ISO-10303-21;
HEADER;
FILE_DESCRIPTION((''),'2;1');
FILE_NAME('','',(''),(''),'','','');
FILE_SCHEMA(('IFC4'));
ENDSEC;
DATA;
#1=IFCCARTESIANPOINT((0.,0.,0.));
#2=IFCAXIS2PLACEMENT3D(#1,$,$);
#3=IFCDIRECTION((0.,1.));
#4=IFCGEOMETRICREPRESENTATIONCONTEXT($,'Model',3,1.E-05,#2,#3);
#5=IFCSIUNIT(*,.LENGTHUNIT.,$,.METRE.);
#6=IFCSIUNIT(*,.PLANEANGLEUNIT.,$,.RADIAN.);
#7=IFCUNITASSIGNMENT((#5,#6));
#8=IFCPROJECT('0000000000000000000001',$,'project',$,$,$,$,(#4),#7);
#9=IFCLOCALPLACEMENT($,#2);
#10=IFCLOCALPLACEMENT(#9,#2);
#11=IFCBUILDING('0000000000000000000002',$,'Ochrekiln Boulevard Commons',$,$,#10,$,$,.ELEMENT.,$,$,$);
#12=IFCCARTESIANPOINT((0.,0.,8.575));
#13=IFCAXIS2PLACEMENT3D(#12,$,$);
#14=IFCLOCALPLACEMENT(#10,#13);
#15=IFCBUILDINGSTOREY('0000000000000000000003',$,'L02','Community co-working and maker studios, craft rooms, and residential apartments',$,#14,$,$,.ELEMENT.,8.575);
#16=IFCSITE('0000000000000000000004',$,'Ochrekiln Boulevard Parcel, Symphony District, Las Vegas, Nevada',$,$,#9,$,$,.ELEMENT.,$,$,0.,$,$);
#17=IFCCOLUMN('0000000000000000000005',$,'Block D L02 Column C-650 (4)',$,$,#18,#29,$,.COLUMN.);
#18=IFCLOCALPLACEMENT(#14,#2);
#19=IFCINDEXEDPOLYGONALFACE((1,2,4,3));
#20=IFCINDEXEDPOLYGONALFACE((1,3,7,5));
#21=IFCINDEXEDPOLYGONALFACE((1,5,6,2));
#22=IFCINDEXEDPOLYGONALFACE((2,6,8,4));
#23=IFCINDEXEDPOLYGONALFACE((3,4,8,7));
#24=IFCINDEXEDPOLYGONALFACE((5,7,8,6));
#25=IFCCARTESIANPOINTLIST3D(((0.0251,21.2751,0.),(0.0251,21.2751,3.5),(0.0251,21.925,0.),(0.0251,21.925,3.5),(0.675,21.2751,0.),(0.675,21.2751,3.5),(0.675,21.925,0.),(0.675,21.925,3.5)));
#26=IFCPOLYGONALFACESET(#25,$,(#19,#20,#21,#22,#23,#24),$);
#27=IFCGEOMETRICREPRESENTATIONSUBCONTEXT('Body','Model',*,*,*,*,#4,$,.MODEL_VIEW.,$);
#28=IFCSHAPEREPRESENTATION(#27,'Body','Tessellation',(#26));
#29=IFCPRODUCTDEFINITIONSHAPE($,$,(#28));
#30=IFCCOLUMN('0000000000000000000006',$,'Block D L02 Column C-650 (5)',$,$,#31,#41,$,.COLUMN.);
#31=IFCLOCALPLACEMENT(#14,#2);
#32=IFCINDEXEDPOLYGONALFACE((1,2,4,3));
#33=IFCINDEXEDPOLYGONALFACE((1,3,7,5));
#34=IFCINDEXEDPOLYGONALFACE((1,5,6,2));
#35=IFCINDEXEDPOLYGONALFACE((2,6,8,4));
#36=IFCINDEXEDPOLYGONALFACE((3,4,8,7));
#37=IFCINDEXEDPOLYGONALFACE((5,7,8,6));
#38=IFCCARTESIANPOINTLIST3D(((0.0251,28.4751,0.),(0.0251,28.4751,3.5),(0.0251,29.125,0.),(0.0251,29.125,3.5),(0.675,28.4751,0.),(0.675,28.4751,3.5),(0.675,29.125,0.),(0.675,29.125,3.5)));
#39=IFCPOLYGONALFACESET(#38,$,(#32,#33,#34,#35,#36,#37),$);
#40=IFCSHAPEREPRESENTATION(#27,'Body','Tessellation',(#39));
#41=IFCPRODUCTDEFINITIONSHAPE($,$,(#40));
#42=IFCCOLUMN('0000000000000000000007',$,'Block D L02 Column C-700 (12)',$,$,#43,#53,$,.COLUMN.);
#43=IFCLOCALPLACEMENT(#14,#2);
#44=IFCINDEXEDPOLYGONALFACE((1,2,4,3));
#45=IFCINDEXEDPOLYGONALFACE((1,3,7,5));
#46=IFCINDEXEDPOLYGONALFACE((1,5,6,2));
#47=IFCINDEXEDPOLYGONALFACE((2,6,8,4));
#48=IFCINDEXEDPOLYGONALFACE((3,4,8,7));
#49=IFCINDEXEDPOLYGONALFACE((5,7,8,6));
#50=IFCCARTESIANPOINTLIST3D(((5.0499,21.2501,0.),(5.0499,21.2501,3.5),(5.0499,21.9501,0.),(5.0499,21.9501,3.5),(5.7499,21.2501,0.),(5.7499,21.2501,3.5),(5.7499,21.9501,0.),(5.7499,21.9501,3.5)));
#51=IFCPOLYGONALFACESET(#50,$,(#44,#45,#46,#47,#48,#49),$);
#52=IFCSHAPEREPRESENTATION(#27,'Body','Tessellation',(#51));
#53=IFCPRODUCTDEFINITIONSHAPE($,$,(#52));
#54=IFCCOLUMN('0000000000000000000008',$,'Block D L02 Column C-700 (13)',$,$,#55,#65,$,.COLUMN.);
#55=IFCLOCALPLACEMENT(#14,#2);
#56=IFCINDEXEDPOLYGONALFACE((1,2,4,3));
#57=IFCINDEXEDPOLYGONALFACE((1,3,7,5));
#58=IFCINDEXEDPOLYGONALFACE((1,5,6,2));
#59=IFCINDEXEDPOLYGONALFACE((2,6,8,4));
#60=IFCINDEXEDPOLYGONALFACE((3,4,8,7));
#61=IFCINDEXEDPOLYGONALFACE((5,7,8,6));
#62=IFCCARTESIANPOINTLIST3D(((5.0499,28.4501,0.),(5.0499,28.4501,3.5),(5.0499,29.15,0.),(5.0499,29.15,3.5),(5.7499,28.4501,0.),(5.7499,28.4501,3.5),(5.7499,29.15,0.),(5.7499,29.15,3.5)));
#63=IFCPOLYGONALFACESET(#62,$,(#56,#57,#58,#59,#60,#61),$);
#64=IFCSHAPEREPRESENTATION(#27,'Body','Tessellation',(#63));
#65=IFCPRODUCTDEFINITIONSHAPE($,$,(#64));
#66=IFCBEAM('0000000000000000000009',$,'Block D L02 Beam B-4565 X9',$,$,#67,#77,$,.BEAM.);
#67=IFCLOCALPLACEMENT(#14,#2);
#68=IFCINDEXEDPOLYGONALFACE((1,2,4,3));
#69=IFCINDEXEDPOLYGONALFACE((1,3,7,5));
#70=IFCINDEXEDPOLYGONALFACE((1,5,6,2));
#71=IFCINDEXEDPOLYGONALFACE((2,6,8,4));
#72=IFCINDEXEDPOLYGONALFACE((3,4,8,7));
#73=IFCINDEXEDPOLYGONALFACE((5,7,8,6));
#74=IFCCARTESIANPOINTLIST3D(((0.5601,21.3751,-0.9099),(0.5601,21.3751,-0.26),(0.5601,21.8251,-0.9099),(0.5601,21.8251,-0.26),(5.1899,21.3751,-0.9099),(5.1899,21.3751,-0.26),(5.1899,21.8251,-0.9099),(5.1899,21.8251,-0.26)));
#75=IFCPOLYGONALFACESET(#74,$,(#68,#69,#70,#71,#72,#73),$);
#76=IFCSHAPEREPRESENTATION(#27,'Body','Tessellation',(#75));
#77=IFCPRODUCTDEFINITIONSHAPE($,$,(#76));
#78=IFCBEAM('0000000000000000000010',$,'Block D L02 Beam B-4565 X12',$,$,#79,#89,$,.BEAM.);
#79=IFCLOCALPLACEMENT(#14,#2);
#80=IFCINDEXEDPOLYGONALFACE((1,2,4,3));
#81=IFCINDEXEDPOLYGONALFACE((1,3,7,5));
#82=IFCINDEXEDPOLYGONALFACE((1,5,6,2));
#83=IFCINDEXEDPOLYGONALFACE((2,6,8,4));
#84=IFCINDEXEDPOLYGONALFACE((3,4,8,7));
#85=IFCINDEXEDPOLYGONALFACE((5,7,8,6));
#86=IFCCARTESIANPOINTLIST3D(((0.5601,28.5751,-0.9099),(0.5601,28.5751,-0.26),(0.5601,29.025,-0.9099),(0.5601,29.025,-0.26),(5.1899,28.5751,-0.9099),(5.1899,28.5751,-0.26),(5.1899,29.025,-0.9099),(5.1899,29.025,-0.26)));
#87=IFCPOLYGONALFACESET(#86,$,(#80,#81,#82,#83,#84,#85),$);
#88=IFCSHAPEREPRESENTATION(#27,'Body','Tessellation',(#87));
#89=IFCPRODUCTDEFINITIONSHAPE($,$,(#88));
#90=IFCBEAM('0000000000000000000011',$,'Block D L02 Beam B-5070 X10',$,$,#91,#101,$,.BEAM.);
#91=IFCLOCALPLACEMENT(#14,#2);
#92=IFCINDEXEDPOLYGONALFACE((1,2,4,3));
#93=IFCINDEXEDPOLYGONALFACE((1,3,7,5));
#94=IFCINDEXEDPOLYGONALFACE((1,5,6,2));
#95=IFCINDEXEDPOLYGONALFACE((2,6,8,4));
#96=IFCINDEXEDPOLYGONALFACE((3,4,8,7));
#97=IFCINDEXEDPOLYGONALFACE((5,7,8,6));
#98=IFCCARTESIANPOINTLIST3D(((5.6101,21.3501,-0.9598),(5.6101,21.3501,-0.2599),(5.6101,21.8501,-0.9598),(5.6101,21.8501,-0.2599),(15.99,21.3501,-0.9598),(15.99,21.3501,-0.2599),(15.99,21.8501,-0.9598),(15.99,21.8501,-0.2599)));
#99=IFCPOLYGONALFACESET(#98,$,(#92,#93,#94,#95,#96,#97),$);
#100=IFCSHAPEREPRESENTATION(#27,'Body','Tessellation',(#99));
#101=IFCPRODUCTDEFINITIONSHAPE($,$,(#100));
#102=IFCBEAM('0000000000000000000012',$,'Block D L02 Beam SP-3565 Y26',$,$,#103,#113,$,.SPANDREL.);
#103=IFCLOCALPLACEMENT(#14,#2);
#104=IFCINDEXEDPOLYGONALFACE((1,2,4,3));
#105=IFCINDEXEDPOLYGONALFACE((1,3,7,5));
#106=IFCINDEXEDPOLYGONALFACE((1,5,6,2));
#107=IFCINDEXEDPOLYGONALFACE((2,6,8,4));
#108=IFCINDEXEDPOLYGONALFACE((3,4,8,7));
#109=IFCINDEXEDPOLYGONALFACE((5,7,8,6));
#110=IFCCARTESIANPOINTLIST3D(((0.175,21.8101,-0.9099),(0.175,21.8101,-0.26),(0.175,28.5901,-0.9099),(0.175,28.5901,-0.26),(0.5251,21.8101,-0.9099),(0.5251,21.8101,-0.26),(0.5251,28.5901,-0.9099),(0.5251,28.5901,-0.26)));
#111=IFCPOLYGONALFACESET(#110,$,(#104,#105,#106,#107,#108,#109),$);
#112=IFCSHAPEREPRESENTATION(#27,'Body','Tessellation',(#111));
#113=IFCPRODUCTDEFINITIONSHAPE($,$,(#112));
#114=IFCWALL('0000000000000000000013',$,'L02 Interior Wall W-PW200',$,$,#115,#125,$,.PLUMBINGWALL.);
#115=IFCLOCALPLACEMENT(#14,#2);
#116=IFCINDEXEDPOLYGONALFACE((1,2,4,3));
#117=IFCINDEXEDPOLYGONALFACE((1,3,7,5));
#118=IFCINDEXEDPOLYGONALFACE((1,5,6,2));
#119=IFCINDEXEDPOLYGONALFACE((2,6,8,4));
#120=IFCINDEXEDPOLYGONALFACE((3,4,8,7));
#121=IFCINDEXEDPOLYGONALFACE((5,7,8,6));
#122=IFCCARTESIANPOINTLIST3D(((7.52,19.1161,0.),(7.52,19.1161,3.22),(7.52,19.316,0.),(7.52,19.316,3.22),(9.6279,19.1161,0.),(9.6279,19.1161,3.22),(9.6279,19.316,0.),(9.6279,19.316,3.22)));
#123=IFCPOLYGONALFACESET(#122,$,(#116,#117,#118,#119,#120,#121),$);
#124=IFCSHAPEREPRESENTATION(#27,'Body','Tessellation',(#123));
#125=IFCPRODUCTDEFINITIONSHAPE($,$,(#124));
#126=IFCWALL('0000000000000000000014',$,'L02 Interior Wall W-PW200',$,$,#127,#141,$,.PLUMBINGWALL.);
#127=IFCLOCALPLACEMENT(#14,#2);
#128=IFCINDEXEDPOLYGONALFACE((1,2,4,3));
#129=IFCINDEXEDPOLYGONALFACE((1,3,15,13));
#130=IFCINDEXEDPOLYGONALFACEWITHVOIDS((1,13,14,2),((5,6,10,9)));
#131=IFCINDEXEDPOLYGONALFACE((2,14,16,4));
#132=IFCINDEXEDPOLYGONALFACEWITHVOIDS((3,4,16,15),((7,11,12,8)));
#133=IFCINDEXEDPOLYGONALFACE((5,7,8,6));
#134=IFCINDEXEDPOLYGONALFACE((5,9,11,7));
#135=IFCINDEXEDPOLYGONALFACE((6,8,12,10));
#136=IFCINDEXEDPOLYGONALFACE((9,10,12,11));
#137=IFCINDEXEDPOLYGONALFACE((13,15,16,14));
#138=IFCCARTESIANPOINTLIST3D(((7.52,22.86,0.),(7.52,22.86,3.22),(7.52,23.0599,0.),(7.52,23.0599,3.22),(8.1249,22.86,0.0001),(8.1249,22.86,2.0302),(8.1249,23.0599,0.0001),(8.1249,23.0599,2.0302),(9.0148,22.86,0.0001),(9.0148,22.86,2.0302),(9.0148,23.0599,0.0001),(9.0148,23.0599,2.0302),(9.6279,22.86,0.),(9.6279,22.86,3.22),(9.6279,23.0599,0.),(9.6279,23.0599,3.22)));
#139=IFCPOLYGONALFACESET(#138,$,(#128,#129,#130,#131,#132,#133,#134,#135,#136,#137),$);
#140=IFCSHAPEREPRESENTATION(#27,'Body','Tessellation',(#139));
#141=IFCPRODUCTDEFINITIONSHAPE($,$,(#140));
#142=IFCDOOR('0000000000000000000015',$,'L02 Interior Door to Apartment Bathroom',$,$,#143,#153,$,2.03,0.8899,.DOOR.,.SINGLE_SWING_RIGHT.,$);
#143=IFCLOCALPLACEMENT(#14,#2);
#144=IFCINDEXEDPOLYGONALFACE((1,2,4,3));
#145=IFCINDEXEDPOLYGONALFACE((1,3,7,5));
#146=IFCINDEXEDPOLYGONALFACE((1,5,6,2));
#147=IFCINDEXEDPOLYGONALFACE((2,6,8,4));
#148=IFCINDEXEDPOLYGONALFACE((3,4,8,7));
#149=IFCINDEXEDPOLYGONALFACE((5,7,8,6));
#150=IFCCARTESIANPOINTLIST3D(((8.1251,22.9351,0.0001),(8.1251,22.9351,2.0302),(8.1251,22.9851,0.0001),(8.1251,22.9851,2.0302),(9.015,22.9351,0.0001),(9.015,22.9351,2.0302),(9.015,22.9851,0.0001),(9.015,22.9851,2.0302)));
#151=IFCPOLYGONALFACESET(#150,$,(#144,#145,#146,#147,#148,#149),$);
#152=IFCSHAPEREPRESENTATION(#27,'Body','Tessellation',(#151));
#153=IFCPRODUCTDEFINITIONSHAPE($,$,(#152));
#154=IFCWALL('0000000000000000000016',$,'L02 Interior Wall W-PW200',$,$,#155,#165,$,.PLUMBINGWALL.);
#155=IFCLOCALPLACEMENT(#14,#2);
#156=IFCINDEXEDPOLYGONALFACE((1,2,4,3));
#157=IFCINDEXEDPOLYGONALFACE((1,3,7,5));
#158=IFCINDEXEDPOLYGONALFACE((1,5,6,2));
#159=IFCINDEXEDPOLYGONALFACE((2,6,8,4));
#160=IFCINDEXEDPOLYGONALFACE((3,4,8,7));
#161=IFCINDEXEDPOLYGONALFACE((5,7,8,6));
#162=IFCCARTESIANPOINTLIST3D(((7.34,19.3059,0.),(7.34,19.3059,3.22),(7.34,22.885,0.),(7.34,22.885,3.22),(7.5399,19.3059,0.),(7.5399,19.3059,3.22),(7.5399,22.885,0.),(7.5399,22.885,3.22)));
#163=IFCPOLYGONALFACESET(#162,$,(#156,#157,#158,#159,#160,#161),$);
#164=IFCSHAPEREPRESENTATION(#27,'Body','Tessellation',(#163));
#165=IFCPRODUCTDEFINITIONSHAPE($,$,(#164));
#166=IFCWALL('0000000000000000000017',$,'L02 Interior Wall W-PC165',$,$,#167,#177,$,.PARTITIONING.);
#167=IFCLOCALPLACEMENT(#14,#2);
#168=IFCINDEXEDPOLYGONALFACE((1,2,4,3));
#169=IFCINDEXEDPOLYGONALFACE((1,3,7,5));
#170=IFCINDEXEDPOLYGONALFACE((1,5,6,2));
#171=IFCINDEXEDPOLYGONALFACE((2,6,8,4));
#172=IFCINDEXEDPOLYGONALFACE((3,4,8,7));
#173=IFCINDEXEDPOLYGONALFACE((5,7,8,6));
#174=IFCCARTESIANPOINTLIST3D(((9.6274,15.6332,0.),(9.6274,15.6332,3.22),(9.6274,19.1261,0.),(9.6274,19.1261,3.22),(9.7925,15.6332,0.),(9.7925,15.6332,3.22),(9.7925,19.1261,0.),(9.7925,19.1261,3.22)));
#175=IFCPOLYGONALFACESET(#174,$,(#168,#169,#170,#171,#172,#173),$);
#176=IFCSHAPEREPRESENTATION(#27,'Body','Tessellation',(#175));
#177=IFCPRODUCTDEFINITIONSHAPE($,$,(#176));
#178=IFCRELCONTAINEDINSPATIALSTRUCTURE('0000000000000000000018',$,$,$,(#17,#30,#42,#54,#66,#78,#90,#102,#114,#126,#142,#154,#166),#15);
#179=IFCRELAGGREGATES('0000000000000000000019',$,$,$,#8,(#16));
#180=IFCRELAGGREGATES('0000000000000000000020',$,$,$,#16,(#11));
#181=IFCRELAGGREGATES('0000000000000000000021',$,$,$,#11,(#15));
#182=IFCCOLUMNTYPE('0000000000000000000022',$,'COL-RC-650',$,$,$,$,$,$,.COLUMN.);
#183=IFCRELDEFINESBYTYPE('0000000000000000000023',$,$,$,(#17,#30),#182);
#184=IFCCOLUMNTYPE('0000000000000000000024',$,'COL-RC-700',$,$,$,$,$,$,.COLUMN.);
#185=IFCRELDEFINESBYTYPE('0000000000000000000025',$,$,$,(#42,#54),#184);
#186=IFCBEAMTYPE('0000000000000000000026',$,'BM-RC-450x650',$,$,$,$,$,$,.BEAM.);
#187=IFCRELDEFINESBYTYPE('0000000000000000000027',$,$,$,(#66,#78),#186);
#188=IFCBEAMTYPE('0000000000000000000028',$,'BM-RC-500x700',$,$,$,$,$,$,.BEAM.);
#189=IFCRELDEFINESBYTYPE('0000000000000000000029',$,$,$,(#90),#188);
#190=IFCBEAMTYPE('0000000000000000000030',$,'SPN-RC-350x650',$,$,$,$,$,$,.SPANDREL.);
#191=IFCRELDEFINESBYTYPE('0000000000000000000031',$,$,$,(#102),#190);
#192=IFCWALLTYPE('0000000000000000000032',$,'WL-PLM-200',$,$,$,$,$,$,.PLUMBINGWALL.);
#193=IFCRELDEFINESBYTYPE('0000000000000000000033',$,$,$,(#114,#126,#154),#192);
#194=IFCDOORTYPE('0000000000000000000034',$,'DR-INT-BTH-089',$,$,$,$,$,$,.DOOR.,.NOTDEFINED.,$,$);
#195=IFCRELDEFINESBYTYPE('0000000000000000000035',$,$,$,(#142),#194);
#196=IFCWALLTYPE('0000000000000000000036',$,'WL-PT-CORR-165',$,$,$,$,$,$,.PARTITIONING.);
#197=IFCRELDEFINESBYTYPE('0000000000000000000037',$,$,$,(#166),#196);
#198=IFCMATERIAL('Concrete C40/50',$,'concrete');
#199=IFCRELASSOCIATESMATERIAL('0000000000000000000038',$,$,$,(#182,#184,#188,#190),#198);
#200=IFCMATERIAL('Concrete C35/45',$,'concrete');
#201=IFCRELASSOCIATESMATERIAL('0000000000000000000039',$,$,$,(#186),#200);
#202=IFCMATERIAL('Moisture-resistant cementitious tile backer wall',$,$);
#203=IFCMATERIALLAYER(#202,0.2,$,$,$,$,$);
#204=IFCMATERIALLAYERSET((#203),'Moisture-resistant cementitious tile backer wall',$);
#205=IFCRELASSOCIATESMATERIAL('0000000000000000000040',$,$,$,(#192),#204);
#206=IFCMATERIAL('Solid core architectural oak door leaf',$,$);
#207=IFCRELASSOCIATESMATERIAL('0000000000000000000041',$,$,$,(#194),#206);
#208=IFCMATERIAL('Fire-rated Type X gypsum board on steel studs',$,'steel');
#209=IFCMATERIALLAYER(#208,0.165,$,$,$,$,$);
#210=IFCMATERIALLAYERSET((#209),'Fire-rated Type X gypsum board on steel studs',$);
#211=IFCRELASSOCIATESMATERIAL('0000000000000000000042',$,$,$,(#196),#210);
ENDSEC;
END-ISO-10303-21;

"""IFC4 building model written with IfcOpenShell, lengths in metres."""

from ifc_helpers import new_model, si_unit, direction, frame, frame_2d, origin, origin_2d, place, context, subcontext, project, spatial, rectangle, extrude, material, layer, layer_set, material_profile, profile_set, type_object, element, fill, save


model = new_model("IFC4")

# Units and contexts
model_context = context("Model", 3, precision=1e-05, world=origin(), true_north=direction((0.0, 1.0)))
body_context = subcontext(model_context, "Body", "Model", "MODEL_VIEW")
ifc_project = project(units=[si_unit("LENGTHUNIT", "METRE"), si_unit("PLANEANGLEUNIT", "RADIAN")], contexts=[model_context])

# Site, building, storey
site_placement = place(None, origin())
site = spatial("IfcSite", under=ifc_project, at=site_placement, Name="Ochrekiln Boulevard Parcel, Symphony District, Las Vegas, Nevada", CompositionType="ELEMENT", RefElevation=0.0)
building_placement = place(site_placement, origin())
building = spatial("IfcBuilding", under=site, at=building_placement, Name="Ochrekiln Boulevard Commons", CompositionType="ELEMENT")
storey_placement = place(building_placement, frame((0.0, 0.0, 8.575)))
storey = spatial("IfcBuildingStorey", under=building, at=storey_placement, Name="L02", Description="Community co-working and maker studios, craft rooms, and residential apartments", CompositionType="ELEMENT", Elevation=8.575)

# Columns
ifc_material_1 = material(Name="Concrete C40/50", Category="concrete")
ifc_material_profile_1 = material_profile(ifc_material_1, rectangle(XDim=0.6499, YDim=0.6499, at=origin_2d()), Name="RC-COL-650x650")
ifc_profile_set_1 = profile_set([ifc_material_profile_1], Name="Concrete C40/50")
column_type_1 = type_object("IfcColumnType", Name="COL-RC-650", PredefinedType="COLUMN", material=ifc_profile_set_1)
for number, where, z_axis, x_axis, name in (
    (1, (0.3501, 21.6001, 0.0), (0.0, 0.0, 1.0), (1.0, 0.0, 0.0), "Block D L02 Column C-650 (4)"),
    (2, (0.3501, 28.8, 0.0), (0.0, 0.0, 1.0), (1.0, 0.0, 0.0), "Block D L02 Column C-650 (5)"),
):
    element("IfcColumn", number, at=place(storey_placement, frame(where, z_axis=z_axis, x_axis=x_axis)), inside=storey, type_object=column_type_1, Name=name, PredefinedType="COLUMN", context=body_context, shape_type="SweptSolid", body=[
        extrude(rectangle(XDim=0.6499, YDim=0.6499, at=origin_2d()), origin(), (0.0, 0.0, 1.0), 3.5),
    ])
ifc_material_profile_2 = material_profile(ifc_material_1, rectangle(XDim=0.7, YDim=0.7, at=origin_2d()), Name="RC-COL-700x700")
ifc_profile_set_2 = profile_set([ifc_material_profile_2], Name="Concrete C40/50")
column_type_2 = type_object("IfcColumnType", Name="COL-RC-700", PredefinedType="COLUMN", material=ifc_profile_set_2)
for number, where, z_axis, x_axis, name in (
    (3, (5.3999, 21.6001, 0.0), (0.0, 0.0, 1.0), (1.0, 0.0, 0.0), "Block D L02 Column C-700 (12)"),
    (4, (5.3999, 28.8, 0.0), (0.0, 0.0, 1.0), (1.0, 0.0, 0.0), "Block D L02 Column C-700 (13)"),
):
    element("IfcColumn", number, at=place(storey_placement, frame(where, z_axis=z_axis, x_axis=x_axis)), inside=storey, type_object=column_type_2, Name=name, PredefinedType="COLUMN", context=body_context, shape_type="SweptSolid", body=[
        extrude(rectangle(XDim=0.7, YDim=0.7, at=origin_2d()), origin(), (0.0, 0.0, 1.0), 3.5),
    ])

# Beams
ifc_material_2 = material(Name="Concrete C35/45", Category="concrete")
ifc_material_profile_3 = material_profile(ifc_material_2, rectangle(XDim=0.45, YDim=0.6499, at=origin_2d()), Name="RC-BM-450x650")
ifc_profile_set_3 = profile_set([ifc_material_profile_3], Name="Concrete C35/45")
beam_type_1 = type_object("IfcBeamType", Name="BM-RC-450x650", PredefinedType="BEAM", material=ifc_profile_set_3)
for number, where, z_axis, x_axis, name in (
    (5, (0.5601, 21.6001, -0.585), (1.0, 0.0, 0.0), (0.0, 1.0, 0.0), "Block D L02 Beam B-4565 X9"),
    (6, (0.5601, 28.8, -0.585), (1.0, 0.0, 0.0), (0.0, 1.0, 0.0), "Block D L02 Beam B-4565 X12"),
):
    element("IfcBeam", number, at=place(storey_placement, frame(where, z_axis=z_axis, x_axis=x_axis)), inside=storey, type_object=beam_type_1, Name=name, PredefinedType="BEAM", context=body_context, shape_type="SweptSolid", body=[
        extrude(rectangle(XDim=0.45, YDim=0.6499, at=origin_2d()), origin(), (0.0, 0.0, 1.0), 4.6299),
    ])
ifc_material_profile_4 = material_profile(ifc_material_1, rectangle(XDim=0.5, YDim=0.7, at=origin_2d()), Name="RC-BM-500x700")
ifc_profile_set_4 = profile_set([ifc_material_profile_4], Name="Concrete C40/50")
beam_type_2 = type_object("IfcBeamType", Name="BM-RC-500x700", PredefinedType="BEAM", material=ifc_profile_set_4)
beam_1_placement = place(storey_placement, frame((5.6101, 21.6001, -0.6099), z_axis=(1.0, 0.0, 0.0), x_axis=(0.0, 1.0, 0.0)))
element("IfcBeam", 7, at=beam_1_placement, inside=storey, type_object=beam_type_2, Name="Block D L02 Beam B-5070 X10", PredefinedType="BEAM", context=body_context, shape_type="SweptSolid", body=[
    extrude(rectangle(XDim=0.5, YDim=0.7, at=origin_2d()), origin(), (0.0, 0.0, 1.0), 10.3799),
])
ifc_material_profile_5 = material_profile(ifc_material_1, rectangle(XDim=0.3501, YDim=0.6499, at=origin_2d()), Name="RC-SPN-350x650")
ifc_profile_set_5 = profile_set([ifc_material_profile_5], Name="Concrete C40/50")
beam_type_3 = type_object("IfcBeamType", Name="SPN-RC-350x650", PredefinedType="SPANDREL", material=ifc_profile_set_5)
beam_2_placement = place(storey_placement, frame((0.3501, 21.8101, -0.585), z_axis=(0.0, 1.0, 0.0), x_axis=(-1.0, 0.0, 0.0)))
element("IfcBeam", 8, at=beam_2_placement, inside=storey, type_object=beam_type_3, Name="Block D L02 Beam SP-3565 Y26", PredefinedType="SPANDREL", context=body_context, shape_type="SweptSolid", body=[
    extrude(rectangle(XDim=0.3501, YDim=0.6499, at=origin_2d()), origin(), (0.0, 0.0, 1.0), 6.78),
])

# Wall
ifc_material_3 = material(Name="Moisture-resistant cementitious tile backer wall")
ifc_layer_1 = layer(ifc_material_3, 0.2)
ifc_layer_set_1 = layer_set([ifc_layer_1], Name="Moisture-resistant cementitious tile backer wall")
wall_type_1 = type_object("IfcWallType", Name="WL-PLM-200", PredefinedType="PLUMBINGWALL", material=ifc_layer_set_1)
wall_1_placement = place(storey_placement, frame((7.52, 19.2161, 0.0), z_axis=(0.0, 0.0, 1.0), x_axis=(1.0, 0.0, 0.0)))
element("IfcWall", 9, at=wall_1_placement, inside=storey, type_object=wall_type_1, Name="L02 Interior Wall W-PW200", PredefinedType="PLUMBINGWALL", context=body_context, shape_type="SweptSolid", body=[
    extrude(rectangle(XDim=2.1079, YDim=0.2, at=frame_2d((1.054, 0.0))), origin(), (0.0, 0.0, 1.0), 3.22),
])

# Wall, opening, door
wall_2_placement = place(storey_placement, frame((7.52, 22.96, 0.0), z_axis=(0.0, 0.0, 1.0), x_axis=(1.0, 0.0, 0.0)))
wall_2 = element("IfcWall", 10, at=wall_2_placement, inside=storey, type_object=wall_type_1, Name="L02 Interior Wall W-PW200", PredefinedType="PLUMBINGWALL", context=body_context, shape_type="SweptSolid", body=[
    extrude(rectangle(XDim=2.1079, YDim=0.2, at=frame_2d((1.054, 0.0))), origin(), (0.0, 0.0, 1.0), 3.22),
])
opening_1_placement = place(wall_2_placement, frame((0.605, 0.0, 0.0)))
opening_1 = element("IfcOpeningElement", 11, at=opening_1_placement, cuts=wall_2, PredefinedType="OPENING", context=body_context, shape_type="SweptSolid", body=[
    extrude(rectangle(XDim=0.8899, YDim=2.03, at=frame_2d((0.4448, 1.0151))), frame((0.0, 0.1099, 0.0), z_axis=(0.0, -1.0, 0.0), x_axis=(1.0, 0.0, 0.0)), (0.0, 0.0, 1.0), 0.22),
])
ifc_material_4 = material(Name="Solid core architectural oak door leaf")
door_type_1 = type_object("IfcDoorType", Name="DR-INT-BTH-089", OperationType="NOTDEFINED", PredefinedType="DOOR", material=ifc_material_4)
door_1_placement = place(opening_1_placement, frame((0.8899, 0.0, 0.0), z_axis=(0.0, 0.0, 1.0), x_axis=(-1.0, 0.0, 0.0)))
door_1 = element("IfcDoor", 12, at=door_1_placement, inside=storey, type_object=door_type_1, Name="L02 Interior Door to Apartment Bathroom", OperationType="SINGLE_SWING_RIGHT", OverallHeight=2.03, OverallWidth=0.8899, PredefinedType="DOOR", context=body_context, shape_type="SweptSolid", body=[
    extrude(rectangle(XDim=0.8899, YDim=2.03, at=frame_2d((0.4448, 1.0151))), frame((0.0, 0.0249, 0.0), z_axis=(0.0, -1.0, 0.0), x_axis=(1.0, 0.0, 0.0)), (0.0, 0.0, 1.0), 0.05),
])
fill(opening_1, door_1)

# Walls
wall_3_placement = place(storey_placement, frame((7.4399, 19.3059, 0.0), z_axis=(0.0, 0.0, 1.0), x_axis=(0.0, 1.0, 0.0)))
element("IfcWall", 13, at=wall_3_placement, inside=storey, type_object=wall_type_1, Name="L02 Interior Wall W-PW200", PredefinedType="PLUMBINGWALL", context=body_context, shape_type="SweptSolid", body=[
    extrude(rectangle(XDim=3.5791, YDim=0.2, at=frame_2d((1.7896, 0.0))), origin(), (0.0, 0.0, 1.0), 3.22),
])
ifc_material_5 = material(Name="Fire-rated Type X gypsum board on steel studs", Category="steel")
ifc_layer_2 = layer(ifc_material_5, 0.165)
ifc_layer_set_2 = layer_set([ifc_layer_2], Name="Fire-rated Type X gypsum board on steel studs")
wall_type_2 = type_object("IfcWallType", Name="WL-PT-CORR-165", PredefinedType="PARTITIONING", material=ifc_layer_set_2)
wall_4_placement = place(storey_placement, frame((9.71, 15.6331, 0.0), z_axis=(0.0, 0.0, 1.0), x_axis=(0.0, 1.0, 0.0)))
element("IfcWall", 14, at=wall_4_placement, inside=storey, type_object=wall_type_2, Name="L02 Interior Wall W-PC165", PredefinedType="PARTITIONING", context=body_context, shape_type="SweptSolid", body=[
    extrude(rectangle(XDim=3.4929, YDim=0.165, at=frame_2d((1.7466, 0.0))), origin(), (0.0, 0.0, 1.0), 3.22),
])

save(model, "model.ifc")
